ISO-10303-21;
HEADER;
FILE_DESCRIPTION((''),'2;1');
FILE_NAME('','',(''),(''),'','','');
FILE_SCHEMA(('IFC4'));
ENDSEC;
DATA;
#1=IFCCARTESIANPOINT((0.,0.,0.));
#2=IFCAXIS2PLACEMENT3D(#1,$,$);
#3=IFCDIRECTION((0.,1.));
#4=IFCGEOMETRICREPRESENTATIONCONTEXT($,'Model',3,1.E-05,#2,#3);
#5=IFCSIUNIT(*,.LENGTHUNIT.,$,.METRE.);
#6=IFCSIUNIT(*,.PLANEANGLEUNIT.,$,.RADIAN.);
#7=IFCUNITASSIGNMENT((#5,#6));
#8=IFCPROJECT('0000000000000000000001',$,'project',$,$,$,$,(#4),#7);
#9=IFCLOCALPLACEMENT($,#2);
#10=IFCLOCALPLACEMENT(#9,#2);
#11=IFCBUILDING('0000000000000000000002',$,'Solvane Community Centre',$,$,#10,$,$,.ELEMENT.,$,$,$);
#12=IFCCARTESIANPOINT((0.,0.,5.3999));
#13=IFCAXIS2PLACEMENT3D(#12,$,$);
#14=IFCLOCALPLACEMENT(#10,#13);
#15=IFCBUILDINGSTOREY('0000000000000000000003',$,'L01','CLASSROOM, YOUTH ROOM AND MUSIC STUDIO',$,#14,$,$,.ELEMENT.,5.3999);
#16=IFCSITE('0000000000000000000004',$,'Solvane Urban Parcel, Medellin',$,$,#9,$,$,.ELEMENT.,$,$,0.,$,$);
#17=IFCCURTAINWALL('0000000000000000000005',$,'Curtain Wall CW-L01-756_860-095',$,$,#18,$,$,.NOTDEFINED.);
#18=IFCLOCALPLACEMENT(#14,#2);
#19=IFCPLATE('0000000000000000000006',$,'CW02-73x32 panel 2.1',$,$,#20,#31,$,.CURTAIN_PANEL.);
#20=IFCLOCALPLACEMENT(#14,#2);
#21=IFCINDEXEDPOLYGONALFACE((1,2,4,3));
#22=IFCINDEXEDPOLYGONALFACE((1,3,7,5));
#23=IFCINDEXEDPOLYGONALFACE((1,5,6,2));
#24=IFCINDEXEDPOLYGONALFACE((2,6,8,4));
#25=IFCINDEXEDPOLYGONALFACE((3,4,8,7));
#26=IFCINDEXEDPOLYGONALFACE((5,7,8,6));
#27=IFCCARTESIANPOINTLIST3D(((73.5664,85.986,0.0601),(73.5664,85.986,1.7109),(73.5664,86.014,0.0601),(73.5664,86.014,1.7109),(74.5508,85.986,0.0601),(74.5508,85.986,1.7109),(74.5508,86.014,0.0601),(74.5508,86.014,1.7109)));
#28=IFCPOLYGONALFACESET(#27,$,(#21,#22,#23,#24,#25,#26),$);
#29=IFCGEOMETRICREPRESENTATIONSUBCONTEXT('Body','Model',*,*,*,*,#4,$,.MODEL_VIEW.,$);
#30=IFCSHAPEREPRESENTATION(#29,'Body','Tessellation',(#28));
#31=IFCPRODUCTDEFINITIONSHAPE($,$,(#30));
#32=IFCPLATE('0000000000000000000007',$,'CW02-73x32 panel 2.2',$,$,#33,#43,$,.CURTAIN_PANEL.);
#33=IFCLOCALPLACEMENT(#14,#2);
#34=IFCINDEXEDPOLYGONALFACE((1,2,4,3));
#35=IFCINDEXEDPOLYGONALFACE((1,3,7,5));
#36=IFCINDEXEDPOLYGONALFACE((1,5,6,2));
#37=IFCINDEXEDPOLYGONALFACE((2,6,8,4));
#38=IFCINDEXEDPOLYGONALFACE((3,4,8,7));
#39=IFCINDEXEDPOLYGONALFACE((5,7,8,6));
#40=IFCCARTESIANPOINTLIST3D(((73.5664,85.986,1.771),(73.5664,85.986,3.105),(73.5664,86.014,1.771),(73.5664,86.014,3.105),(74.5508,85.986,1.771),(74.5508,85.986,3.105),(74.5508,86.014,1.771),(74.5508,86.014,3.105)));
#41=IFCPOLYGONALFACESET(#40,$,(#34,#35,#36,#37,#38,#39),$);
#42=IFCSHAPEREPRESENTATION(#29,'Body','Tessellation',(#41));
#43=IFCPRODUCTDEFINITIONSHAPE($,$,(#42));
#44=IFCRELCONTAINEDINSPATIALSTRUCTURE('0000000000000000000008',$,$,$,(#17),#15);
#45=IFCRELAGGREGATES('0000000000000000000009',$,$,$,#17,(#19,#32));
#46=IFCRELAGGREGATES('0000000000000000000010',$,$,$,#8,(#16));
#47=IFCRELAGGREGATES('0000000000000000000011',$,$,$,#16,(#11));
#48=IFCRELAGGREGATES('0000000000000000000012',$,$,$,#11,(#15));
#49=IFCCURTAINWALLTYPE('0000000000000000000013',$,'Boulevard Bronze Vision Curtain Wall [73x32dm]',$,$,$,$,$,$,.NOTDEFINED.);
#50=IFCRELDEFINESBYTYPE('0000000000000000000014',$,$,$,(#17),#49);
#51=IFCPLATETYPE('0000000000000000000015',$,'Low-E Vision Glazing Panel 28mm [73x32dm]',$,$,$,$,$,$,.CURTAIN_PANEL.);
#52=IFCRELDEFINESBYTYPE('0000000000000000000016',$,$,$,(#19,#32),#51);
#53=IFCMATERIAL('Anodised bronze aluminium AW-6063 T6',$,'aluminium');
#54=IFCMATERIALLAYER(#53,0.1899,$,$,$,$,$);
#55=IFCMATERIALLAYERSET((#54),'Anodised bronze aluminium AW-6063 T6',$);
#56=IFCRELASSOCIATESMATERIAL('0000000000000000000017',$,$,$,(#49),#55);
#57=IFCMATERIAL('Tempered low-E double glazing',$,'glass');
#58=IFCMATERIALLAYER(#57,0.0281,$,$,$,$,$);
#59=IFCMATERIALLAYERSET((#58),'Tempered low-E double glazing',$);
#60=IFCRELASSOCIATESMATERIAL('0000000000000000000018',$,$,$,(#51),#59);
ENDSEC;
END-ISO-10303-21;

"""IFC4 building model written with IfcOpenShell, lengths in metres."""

from ifc_helpers import new_model, si_unit, direction, frame, origin, origin_2d, place, context, subcontext, project, spatial, rectangle, extrude, material, layer, layer_set, type_object, element, aggregate, save


model = new_model("IFC4")

# Units and contexts
model_context = context("Model", 3, precision=1e-05, world=origin(), true_north=direction((0.0, 1.0)))
body_context = subcontext(model_context, "Body", "Model", "MODEL_VIEW")
ifc_project = project(units=[si_unit("LENGTHUNIT", "METRE"), si_unit("PLANEANGLEUNIT", "RADIAN")], contexts=[model_context])

# Site, building, storey
site_placement = place(None, origin())
site = spatial("IfcSite", under=ifc_project, at=site_placement, Name="Solvane Urban Parcel, Medellin", CompositionType="ELEMENT", RefElevation=0.0)
building_placement = place(site_placement, origin())
building = spatial("IfcBuilding", under=site, at=building_placement, Name="Solvane Community Centre", CompositionType="ELEMENT")
storey_placement = place(building_placement, frame((0.0, 0.0, 5.3999)))
storey = spatial("IfcBuildingStorey", under=building, at=storey_placement, Name="L01", Description="CLASSROOM, YOUTH ROOM AND MUSIC STUDIO", CompositionType="ELEMENT", Elevation=5.3999)

# Curtain wall
ifc_material_1 = material(Name="Anodised bronze aluminium AW-6063 T6", Category="aluminium")
ifc_layer_1 = layer(ifc_material_1, 0.1899)
ifc_layer_set_1 = layer_set([ifc_layer_1], Name="Anodised bronze aluminium AW-6063 T6")
curtain_wall_type = type_object("IfcCurtainWallType", Name="Boulevard Bronze Vision Curtain Wall [73x32dm]", PredefinedType="NOTDEFINED", material=ifc_layer_set_1)
curtain_wall_placement = place(storey_placement, origin())
curtain_wall = element("IfcCurtainWall", 1, at=curtain_wall_placement, inside=storey, type_object=curtain_wall_type, Name="Curtain Wall CW-L01-756_860-095", PredefinedType="NOTDEFINED")

# Plates
ifc_material_2 = material(Name="Tempered low-E double glazing", Category="glass")
ifc_layer_2 = layer(ifc_material_2, 0.0281)
ifc_layer_set_2 = layer_set([ifc_layer_2], Name="Tempered low-E double glazing")
plate_type = type_object("IfcPlateType", Name="Low-E Vision Glazing Panel 28mm [73x32dm]", PredefinedType="CURTAIN_PANEL", material=ifc_layer_set_2)
plate_1_placement = place(storey_placement, frame((74.0586, 86.0, 0.0601), z_axis=(0.0, 0.0, 1.0), x_axis=(-1.0, 0.0, 0.0)))
plate_1 = element("IfcPlate", 2, at=plate_1_placement, type_object=plate_type, Name="CW02-73x32 panel 2.1", PredefinedType="CURTAIN_PANEL", context=body_context, shape_type="SweptSolid", body=[
    extrude(rectangle(XDim=0.9844, YDim=0.0281, at=origin_2d()), origin(), (0.0, 0.0, 1.0), 1.6509),
])
plate_2_placement = place(storey_placement, frame((74.0586, 86.0, 1.771), z_axis=(0.0, 0.0, 1.0), x_axis=(-1.0, 0.0, 0.0)))
plate_2 = element("IfcPlate", 3, at=plate_2_placement, type_object=plate_type, Name="CW02-73x32 panel 2.2", PredefinedType="CURTAIN_PANEL", context=body_context, shape_type="SweptSolid", body=[
    extrude(rectangle(XDim=0.9844, YDim=0.0281, at=origin_2d()), origin(), (0.0, 0.0, 1.0), 1.334),
])
aggregate(curtain_wall, [plate_1, plate_2])

save(model, "model.ifc")
